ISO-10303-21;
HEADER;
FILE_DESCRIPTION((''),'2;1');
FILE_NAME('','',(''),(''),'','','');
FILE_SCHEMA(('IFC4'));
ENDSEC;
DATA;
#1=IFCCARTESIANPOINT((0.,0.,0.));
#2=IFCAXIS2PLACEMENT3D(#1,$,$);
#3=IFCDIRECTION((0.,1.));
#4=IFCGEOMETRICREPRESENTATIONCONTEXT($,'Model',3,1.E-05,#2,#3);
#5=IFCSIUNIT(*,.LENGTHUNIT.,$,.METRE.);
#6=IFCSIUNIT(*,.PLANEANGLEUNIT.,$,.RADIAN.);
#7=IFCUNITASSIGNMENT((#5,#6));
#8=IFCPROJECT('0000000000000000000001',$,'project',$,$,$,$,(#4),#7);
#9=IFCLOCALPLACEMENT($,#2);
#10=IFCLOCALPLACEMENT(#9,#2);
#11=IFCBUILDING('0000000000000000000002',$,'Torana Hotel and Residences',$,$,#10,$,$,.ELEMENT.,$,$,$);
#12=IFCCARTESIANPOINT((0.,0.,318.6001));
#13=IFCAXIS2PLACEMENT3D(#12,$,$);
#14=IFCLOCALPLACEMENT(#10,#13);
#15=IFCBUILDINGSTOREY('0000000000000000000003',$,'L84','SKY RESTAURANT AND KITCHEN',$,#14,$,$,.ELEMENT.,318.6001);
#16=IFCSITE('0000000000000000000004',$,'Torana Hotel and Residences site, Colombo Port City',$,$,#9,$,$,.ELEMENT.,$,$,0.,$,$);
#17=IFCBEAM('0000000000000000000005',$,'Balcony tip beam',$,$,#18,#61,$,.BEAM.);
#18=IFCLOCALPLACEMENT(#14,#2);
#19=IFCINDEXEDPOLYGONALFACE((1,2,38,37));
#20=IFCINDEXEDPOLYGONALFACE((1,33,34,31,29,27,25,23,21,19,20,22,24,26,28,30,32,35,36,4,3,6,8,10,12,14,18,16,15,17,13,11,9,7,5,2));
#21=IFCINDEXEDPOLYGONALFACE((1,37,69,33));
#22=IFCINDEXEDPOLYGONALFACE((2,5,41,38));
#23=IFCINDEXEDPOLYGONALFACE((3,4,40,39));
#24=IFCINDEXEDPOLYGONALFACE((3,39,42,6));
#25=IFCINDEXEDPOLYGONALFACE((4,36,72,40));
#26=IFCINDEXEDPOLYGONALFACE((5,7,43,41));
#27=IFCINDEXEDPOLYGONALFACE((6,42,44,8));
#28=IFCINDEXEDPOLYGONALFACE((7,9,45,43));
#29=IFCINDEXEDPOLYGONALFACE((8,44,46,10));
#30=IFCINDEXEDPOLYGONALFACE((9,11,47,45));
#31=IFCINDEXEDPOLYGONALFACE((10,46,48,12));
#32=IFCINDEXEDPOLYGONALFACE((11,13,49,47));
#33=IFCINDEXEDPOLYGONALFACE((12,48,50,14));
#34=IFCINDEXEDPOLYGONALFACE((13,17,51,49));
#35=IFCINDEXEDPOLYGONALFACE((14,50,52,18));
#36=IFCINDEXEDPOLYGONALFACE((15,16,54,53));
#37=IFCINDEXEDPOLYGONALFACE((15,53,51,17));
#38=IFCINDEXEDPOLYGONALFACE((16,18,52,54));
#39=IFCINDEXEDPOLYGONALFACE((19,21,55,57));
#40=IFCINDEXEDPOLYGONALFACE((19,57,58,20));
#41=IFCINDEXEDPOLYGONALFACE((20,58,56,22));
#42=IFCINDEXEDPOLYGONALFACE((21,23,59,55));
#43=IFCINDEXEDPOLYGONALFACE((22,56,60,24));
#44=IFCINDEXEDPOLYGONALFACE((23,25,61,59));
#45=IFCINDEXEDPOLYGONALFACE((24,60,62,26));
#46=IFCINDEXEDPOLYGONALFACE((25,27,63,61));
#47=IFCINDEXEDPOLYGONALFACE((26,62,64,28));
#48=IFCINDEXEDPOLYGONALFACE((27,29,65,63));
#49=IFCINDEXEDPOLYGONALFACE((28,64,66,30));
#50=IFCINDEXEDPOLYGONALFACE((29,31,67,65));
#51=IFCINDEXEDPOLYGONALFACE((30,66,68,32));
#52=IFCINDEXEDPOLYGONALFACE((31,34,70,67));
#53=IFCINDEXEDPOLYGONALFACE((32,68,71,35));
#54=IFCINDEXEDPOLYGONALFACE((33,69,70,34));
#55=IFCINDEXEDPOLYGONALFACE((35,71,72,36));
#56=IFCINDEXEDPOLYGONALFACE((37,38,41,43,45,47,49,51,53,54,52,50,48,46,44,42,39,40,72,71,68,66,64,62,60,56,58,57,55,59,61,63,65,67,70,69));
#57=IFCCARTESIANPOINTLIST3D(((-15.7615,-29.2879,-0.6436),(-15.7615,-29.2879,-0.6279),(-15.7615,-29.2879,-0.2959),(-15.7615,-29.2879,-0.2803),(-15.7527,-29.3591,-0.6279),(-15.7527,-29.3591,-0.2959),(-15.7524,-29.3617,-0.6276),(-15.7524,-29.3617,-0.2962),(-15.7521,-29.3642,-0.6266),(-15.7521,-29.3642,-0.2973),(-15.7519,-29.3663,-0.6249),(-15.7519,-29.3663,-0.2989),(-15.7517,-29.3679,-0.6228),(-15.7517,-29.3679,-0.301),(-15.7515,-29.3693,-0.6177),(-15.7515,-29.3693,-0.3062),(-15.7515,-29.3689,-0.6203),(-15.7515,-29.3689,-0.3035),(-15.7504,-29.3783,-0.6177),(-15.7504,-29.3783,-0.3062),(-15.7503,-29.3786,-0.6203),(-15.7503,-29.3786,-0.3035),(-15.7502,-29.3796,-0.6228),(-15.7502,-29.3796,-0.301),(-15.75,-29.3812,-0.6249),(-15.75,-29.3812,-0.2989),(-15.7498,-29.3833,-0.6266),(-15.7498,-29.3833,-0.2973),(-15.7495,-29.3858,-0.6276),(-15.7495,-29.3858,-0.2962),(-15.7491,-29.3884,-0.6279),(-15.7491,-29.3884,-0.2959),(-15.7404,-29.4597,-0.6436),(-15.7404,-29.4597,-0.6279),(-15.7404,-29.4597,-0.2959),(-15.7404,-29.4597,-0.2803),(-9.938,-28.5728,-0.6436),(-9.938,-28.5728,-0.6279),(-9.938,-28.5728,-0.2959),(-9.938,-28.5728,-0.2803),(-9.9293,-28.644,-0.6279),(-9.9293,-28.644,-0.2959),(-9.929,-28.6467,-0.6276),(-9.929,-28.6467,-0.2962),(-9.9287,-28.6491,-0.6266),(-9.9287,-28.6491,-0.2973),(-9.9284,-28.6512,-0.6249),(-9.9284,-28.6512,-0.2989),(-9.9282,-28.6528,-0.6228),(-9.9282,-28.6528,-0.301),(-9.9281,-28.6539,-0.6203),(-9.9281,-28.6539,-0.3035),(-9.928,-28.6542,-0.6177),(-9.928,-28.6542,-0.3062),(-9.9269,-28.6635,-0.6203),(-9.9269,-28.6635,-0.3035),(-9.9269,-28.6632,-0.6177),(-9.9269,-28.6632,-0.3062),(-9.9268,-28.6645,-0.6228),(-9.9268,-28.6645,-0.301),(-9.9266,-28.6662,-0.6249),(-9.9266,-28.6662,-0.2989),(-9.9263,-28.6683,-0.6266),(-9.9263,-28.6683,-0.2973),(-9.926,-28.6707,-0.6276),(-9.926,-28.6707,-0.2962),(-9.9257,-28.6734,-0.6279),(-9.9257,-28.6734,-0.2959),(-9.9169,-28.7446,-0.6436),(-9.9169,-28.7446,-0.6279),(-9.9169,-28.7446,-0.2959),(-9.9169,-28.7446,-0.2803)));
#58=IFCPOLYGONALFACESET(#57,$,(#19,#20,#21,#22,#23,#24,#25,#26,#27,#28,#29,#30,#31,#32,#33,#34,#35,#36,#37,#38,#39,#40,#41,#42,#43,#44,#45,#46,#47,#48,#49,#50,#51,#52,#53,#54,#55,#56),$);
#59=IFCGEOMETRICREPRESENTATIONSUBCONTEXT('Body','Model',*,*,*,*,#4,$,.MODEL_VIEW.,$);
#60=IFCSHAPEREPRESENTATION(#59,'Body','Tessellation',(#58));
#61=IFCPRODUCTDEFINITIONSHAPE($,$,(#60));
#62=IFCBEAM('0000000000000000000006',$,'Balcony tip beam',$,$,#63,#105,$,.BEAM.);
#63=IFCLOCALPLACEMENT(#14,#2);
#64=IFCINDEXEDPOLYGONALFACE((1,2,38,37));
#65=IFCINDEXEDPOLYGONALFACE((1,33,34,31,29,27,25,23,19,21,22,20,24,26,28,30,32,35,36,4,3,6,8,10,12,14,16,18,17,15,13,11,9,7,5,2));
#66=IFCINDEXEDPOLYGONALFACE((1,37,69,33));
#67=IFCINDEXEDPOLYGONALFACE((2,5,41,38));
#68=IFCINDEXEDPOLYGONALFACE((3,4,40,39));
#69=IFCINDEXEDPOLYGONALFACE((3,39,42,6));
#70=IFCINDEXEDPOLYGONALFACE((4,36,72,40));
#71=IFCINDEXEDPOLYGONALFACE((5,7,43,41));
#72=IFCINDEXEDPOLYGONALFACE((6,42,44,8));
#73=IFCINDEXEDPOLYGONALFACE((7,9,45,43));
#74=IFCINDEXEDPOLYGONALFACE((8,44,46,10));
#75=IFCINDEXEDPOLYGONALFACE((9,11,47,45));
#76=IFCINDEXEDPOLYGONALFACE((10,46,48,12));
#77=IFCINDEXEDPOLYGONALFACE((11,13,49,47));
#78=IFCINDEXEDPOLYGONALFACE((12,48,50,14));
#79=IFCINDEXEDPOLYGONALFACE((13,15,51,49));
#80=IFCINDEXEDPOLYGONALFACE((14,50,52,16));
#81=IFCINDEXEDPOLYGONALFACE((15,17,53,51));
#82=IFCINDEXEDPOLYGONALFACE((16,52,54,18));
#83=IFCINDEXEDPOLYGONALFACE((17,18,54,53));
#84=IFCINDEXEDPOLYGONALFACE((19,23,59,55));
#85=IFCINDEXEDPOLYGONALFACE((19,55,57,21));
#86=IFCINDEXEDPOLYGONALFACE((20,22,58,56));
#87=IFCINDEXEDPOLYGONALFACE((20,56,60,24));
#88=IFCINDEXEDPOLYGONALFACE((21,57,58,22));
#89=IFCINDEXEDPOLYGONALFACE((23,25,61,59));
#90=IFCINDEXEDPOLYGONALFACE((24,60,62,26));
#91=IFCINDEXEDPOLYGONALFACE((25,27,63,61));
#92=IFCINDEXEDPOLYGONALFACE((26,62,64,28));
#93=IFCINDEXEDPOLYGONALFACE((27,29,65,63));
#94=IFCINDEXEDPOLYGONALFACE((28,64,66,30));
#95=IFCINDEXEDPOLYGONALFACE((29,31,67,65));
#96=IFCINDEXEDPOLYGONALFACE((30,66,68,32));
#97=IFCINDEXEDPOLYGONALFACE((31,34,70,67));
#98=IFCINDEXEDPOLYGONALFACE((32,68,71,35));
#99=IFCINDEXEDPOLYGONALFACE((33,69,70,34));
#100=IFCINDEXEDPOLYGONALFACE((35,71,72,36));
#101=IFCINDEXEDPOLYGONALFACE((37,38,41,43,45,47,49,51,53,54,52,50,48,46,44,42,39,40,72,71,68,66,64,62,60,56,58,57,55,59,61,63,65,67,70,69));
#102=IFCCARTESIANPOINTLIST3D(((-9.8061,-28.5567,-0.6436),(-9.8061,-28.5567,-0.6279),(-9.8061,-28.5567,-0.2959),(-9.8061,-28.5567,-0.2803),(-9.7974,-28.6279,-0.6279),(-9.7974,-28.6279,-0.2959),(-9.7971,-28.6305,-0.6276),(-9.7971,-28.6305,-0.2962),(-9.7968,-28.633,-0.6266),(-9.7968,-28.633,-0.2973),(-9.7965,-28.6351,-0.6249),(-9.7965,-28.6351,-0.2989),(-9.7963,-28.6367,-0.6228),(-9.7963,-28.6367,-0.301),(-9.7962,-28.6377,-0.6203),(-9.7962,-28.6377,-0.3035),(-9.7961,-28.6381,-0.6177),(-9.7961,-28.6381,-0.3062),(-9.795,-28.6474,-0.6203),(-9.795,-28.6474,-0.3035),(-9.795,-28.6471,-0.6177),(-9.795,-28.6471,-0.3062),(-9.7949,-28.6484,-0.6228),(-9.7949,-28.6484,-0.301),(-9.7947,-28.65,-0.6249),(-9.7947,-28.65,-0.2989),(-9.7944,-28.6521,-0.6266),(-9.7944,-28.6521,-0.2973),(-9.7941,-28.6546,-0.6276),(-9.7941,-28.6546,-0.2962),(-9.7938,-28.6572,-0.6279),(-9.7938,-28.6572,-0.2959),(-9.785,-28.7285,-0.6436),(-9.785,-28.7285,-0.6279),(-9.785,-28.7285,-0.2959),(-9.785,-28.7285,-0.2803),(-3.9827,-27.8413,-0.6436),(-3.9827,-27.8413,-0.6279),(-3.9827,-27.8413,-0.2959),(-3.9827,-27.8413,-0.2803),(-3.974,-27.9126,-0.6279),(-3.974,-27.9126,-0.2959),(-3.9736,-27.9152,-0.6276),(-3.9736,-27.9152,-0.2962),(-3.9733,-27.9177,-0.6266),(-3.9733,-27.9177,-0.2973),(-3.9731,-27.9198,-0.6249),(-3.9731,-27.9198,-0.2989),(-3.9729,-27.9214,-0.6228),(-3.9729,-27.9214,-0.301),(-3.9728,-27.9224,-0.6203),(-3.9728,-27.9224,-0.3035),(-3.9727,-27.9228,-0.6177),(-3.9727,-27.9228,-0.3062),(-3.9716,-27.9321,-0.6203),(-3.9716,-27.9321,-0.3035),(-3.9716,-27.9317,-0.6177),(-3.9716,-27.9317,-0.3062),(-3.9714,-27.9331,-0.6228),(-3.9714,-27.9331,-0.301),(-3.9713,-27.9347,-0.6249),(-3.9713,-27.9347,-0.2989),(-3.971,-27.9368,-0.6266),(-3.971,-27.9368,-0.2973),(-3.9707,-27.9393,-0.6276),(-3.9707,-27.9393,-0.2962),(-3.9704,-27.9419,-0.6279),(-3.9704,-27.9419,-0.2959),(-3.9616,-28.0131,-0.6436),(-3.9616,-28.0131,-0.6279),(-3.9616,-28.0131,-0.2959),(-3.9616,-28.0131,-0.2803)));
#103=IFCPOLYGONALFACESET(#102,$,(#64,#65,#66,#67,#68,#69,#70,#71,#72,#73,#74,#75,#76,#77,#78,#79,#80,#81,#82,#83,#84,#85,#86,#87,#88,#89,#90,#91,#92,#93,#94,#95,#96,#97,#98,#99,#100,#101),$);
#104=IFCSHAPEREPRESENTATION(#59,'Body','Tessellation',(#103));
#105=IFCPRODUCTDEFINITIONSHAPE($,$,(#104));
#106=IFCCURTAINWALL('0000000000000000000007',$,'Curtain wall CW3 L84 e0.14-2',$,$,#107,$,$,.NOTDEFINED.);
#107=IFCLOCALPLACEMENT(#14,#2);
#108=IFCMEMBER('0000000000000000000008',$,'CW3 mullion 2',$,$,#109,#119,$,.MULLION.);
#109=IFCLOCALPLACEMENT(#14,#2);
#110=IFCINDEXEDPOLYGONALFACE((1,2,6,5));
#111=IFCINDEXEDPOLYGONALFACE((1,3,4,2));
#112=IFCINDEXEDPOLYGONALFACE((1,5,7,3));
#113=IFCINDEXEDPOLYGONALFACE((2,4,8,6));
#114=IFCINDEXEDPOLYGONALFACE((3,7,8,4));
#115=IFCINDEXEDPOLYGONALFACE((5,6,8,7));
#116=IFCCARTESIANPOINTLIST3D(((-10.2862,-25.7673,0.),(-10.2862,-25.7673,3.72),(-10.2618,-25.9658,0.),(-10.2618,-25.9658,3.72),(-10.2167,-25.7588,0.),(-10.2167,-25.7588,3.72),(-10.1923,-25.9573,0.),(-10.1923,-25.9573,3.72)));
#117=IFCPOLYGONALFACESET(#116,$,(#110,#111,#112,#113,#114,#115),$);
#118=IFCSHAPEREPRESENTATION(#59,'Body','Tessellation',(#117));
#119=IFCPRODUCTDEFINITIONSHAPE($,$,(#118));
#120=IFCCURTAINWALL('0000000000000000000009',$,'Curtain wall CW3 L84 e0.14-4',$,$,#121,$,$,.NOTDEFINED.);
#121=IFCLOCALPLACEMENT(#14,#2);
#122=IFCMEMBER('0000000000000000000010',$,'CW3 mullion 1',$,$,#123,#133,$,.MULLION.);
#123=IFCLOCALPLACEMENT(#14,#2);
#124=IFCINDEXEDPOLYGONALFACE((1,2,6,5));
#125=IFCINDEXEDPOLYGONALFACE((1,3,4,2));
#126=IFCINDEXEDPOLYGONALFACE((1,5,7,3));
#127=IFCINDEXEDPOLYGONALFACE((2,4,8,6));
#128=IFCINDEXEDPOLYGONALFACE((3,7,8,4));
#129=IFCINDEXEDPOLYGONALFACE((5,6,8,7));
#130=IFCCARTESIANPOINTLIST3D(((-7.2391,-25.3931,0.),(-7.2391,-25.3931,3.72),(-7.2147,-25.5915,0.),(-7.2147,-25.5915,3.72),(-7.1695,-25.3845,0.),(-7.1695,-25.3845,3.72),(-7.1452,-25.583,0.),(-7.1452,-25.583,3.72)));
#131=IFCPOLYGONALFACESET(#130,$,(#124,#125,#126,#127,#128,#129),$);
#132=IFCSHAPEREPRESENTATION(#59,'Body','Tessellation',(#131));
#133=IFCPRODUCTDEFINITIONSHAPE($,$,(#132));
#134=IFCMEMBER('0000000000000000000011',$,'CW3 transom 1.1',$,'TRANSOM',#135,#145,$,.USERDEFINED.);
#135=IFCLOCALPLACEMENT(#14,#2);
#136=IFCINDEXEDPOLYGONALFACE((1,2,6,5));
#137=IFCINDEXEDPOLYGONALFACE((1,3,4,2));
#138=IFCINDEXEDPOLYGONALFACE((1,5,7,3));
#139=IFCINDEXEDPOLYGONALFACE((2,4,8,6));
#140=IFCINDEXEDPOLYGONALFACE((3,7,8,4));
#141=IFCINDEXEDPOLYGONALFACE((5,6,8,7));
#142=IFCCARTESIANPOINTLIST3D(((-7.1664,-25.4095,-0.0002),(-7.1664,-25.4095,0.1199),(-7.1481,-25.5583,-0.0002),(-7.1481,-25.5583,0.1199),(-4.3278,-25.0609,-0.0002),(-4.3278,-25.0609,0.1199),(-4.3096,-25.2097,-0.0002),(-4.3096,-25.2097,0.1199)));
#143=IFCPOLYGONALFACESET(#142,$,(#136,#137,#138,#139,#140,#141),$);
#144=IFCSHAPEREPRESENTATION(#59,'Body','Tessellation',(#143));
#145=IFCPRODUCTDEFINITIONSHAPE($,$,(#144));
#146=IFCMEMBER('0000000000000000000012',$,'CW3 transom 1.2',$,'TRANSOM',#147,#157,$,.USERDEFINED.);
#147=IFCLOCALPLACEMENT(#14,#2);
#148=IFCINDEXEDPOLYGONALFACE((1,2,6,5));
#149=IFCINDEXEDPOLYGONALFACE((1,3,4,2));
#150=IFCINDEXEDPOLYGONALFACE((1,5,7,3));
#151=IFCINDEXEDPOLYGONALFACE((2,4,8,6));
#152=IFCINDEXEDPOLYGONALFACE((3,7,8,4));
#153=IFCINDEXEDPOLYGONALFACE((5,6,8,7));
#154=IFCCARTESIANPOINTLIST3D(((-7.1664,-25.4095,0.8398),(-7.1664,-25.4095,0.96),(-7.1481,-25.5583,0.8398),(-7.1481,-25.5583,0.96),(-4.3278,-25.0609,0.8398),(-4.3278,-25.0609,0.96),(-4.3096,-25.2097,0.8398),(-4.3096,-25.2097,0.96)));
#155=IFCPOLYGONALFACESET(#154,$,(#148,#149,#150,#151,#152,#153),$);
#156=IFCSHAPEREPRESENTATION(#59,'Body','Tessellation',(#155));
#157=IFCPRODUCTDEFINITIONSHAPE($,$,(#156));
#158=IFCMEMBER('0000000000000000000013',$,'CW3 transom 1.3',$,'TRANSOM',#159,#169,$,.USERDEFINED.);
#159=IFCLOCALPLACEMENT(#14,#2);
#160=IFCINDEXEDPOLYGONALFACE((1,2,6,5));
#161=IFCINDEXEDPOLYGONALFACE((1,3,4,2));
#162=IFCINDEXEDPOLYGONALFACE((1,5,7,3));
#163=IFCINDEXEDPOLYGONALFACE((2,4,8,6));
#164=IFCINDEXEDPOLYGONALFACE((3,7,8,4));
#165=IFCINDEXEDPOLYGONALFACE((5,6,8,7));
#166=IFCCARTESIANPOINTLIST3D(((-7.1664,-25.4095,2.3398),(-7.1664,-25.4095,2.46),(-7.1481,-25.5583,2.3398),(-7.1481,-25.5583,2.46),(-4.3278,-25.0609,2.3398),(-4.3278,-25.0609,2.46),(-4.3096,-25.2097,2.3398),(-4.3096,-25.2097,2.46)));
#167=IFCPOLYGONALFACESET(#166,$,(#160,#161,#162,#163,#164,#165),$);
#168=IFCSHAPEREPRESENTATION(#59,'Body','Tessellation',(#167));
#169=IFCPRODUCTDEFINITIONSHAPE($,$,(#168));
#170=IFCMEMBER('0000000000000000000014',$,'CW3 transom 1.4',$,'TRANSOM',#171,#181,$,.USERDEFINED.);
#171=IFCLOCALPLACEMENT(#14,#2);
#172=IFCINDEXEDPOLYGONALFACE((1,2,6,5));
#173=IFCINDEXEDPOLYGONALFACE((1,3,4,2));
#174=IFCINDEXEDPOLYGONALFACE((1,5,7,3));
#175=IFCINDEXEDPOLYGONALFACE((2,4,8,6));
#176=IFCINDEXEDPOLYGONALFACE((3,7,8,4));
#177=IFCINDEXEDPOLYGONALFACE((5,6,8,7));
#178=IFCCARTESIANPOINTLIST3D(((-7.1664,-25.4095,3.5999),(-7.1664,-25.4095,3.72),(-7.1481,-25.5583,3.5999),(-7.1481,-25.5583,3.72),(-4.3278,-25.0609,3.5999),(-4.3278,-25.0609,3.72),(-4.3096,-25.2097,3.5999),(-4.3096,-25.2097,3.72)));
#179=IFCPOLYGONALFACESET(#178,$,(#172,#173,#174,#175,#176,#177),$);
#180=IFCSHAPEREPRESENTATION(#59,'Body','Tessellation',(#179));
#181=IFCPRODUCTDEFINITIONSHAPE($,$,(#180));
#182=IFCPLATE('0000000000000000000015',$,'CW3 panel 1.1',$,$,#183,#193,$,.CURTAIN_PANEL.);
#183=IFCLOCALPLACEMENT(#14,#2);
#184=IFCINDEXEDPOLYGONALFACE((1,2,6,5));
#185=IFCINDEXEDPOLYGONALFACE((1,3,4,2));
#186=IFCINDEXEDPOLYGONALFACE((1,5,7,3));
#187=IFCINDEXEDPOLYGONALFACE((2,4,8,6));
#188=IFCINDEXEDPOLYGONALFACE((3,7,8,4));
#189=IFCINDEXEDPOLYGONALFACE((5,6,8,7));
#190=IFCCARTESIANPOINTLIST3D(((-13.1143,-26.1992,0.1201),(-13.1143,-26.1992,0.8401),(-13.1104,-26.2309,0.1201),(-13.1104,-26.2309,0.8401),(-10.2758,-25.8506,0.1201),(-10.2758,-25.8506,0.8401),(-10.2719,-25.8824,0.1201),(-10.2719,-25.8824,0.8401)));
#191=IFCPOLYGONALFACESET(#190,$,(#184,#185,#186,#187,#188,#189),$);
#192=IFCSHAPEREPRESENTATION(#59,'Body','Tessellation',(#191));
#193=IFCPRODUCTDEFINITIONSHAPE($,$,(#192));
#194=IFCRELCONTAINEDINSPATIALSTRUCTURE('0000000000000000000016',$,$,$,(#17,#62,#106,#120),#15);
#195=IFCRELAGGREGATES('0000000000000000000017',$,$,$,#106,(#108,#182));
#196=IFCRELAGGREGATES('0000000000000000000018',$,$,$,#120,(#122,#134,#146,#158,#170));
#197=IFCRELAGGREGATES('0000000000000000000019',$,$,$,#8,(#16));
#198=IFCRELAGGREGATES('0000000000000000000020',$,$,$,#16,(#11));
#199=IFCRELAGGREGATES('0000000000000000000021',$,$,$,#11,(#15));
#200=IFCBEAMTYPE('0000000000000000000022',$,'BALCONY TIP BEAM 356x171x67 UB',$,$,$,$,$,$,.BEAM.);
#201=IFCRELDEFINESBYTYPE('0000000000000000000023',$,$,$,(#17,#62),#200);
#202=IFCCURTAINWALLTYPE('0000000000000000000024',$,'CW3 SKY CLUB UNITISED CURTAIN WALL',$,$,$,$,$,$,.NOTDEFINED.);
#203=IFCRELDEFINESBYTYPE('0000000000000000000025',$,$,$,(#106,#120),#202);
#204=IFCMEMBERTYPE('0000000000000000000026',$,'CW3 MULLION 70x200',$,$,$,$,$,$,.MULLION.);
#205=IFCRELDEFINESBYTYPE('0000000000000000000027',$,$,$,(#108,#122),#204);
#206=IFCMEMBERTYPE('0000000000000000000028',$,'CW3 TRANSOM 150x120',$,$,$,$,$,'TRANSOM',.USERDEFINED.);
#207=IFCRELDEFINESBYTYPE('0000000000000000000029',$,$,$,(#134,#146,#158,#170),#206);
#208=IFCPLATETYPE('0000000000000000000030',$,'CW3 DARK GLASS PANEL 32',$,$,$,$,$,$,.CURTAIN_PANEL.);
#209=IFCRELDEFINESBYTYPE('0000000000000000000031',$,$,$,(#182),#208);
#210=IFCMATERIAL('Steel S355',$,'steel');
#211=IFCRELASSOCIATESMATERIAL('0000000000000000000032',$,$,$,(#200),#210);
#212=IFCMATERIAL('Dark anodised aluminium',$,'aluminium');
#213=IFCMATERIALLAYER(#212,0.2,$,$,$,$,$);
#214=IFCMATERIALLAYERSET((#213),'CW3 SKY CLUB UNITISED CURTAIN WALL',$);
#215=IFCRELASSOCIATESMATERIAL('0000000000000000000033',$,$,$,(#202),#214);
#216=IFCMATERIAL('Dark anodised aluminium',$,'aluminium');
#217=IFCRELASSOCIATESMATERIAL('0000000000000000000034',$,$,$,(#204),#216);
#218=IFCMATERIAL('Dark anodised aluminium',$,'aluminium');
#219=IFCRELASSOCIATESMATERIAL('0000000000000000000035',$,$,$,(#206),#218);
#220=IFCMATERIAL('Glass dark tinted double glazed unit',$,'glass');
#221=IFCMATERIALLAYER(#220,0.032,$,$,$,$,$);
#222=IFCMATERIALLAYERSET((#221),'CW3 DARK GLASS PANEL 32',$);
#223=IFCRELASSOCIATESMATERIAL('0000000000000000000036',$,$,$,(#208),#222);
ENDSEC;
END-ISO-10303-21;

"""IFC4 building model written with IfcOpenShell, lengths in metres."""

from ifc_helpers import new_model, si_unit, direction, frame, origin, origin_2d, place, context, subcontext, project, spatial, rectangle, i_section, extrude, material, layer, layer_set, material_profile, profile_set, type_object, element, aggregate, save


model = new_model("IFC4")

# Units and contexts
model_context = context("Model", 3, precision=1e-05, world=origin(), true_north=direction((0.0, 1.0)))
body_context = subcontext(model_context, "Body", "Model", "MODEL_VIEW")
ifc_project = project(units=[si_unit("LENGTHUNIT", "METRE"), si_unit("PLANEANGLEUNIT", "RADIAN")], contexts=[model_context])

# Site, building, storey
site_placement = place(None, origin())
site = spatial("IfcSite", under=ifc_project, at=site_placement, Name="Torana Hotel and Residences site, Colombo Port City", CompositionType="ELEMENT", RefElevation=0.0)
building_placement = place(site_placement, origin())
building = spatial("IfcBuilding", under=site, at=building_placement, Name="Torana Hotel and Residences", CompositionType="ELEMENT")
storey_placement = place(building_placement, frame((0.0, 0.0, 318.6001)))
storey = spatial("IfcBuildingStorey", under=building, at=storey_placement, Name="L84", Description="SKY RESTAURANT AND KITCHEN", CompositionType="ELEMENT", Elevation=318.6001)

# Beams
ifc_material_1 = material(Name="Steel S355", Category="steel")
ifc_material_profile_1 = material_profile(ifc_material_1, i_section(OverallWidth=0.1731, OverallDepth=0.3633, WebThickness=0.009, FlangeThickness=0.0156, FilletRadius=0.0103, at=origin_2d()), Name="356x171x67 UB")
ifc_profile_set_1 = profile_set([ifc_material_profile_1], Name="Steel S355")
beam_type = type_object("IfcBeamType", Name="BALCONY TIP BEAM 356x171x67 UB", PredefinedType="BEAM", material=ifc_profile_set_1)
for number, where, z_axis, x_axis, name in (
    (1, (-9.9275, -28.6587, -0.4619), (-0.992545, -0.121878, 0.0), (0.121878, -0.992545, 0.0), "Balcony tip beam"),
    (2, (-3.9722, -27.9272, -0.4619), (-0.99254, -0.121919, 0.0), (0.121919, -0.99254, 0.0), "Balcony tip beam"),
):
    element("IfcBeam", number, at=place(storey_placement, frame(where, z_axis=z_axis, x_axis=x_axis)), inside=storey, type_object=beam_type, Name=name, PredefinedType="BEAM", context=body_context, shape_type="SweptSolid", body=[
        extrude(i_section(OverallWidth=0.1731, OverallDepth=0.3633, WebThickness=0.009, FlangeThickness=0.0156, FilletRadius=0.0103, at=origin_2d()), origin(), (0.0, 0.0, 1.0), 5.8672),
    ])

# Curtain wall, member
ifc_material_2 = material(Name="Dark anodised aluminium", Category="aluminium")
ifc_layer_1 = layer(ifc_material_2, 0.2)
ifc_layer_set_1 = layer_set([ifc_layer_1], Name="CW3 SKY CLUB UNITISED CURTAIN WALL")
curtain_wall_type = type_object("IfcCurtainWallType", Name="CW3 SKY CLUB UNITISED CURTAIN WALL", PredefinedType="NOTDEFINED", material=ifc_layer_set_1)
curtain_wall_1_placement = place(storey_placement, origin())
curtain_wall_1 = element("IfcCurtainWall", 3, at=curtain_wall_1_placement, inside=storey, type_object=curtain_wall_type, Name="Curtain wall CW3 L84 e0.14-2", PredefinedType="NOTDEFINED")
ifc_material_3 = material(Name="Dark anodised aluminium", Category="aluminium")
ifc_material_profile_2 = material_profile(ifc_material_3, rectangle(XDim=0.2, YDim=0.0701, at=origin_2d()), Name="CW3 MULLION 70x200")
ifc_profile_set_2 = profile_set([ifc_material_profile_2], Name="Dark anodised aluminium")
member_type_1 = type_object("IfcMemberType", Name="CW3 MULLION 70x200", PredefinedType="MULLION", material=ifc_profile_set_2)
member_1_placement = place(storey_placement, frame((-10.2393, -25.8623, 0.0), z_axis=(0.0, 0.0, 1.0), x_axis=(-0.121868, 0.992546, 0.0)))
member_1 = element("IfcMember", 4, at=member_1_placement, type_object=member_type_1, Name="CW3 mullion 2", PredefinedType="MULLION", context=body_context, shape_type="SweptSolid", body=[
    extrude(rectangle(XDim=0.2, YDim=0.0701, at=origin_2d()), origin(), (0.0, 0.0, 1.0), 3.72),
])

# Curtain wall, members
curtain_wall_2_placement = place(storey_placement, origin())
curtain_wall_2 = element("IfcCurtainWall", 5, at=curtain_wall_2_placement, inside=storey, type_object=curtain_wall_type, Name="Curtain wall CW3 L84 e0.14-4", PredefinedType="NOTDEFINED")
member_2_placement = place(storey_placement, frame((-7.1921, -25.488, 0.0), z_axis=(0.0, 0.0, 1.0), x_axis=(-0.121864, 0.992547, 0.0)))
member_2 = element("IfcMember", 6, at=member_2_placement, type_object=member_type_1, Name="CW3 mullion 1", PredefinedType="MULLION", context=body_context, shape_type="SweptSolid", body=[
    extrude(rectangle(XDim=0.2, YDim=0.0701, at=origin_2d()), origin(), (0.0, 0.0, 1.0), 3.72),
])
ifc_material_4 = material(Name="Dark anodised aluminium", Category="aluminium")
ifc_material_profile_3 = material_profile(ifc_material_4, rectangle(XDim=0.1499, YDim=0.1201, at=origin_2d()), Name="CW3 TRANSOM 150x120")
ifc_profile_set_3 = profile_set([ifc_material_profile_3], Name="Dark anodised aluminium")
member_type_2 = type_object("IfcMemberType", Name="CW3 TRANSOM 150x120", ElementType="TRANSOM", PredefinedType="USERDEFINED", material=ifc_profile_set_3)
member_3_placement = place(storey_placement, frame((-7.1572, -25.4839, 0.0598), z_axis=(0.992542, 0.121902, 0.0), x_axis=(-0.121902, 0.992542, 0.0)))
member_3 = element("IfcMember", 7, at=member_3_placement, type_object=member_type_2, Name="CW3 transom 1.1", ObjectType="TRANSOM", PredefinedType="USERDEFINED", context=body_context, shape_type="SweptSolid", body=[
    extrude(rectangle(XDim=0.1499, YDim=0.1201, at=origin_2d()), origin(), (0.0, 0.0, 1.0), 2.8599),
])
member_4_placement = place(storey_placement, frame((-7.1572, -25.4839, 0.8999), z_axis=(0.992542, 0.121902, 0.0), x_axis=(-0.121902, 0.992542, 0.0)))
member_4 = element("IfcMember", 8, at=member_4_placement, type_object=member_type_2, Name="CW3 transom 1.2", ObjectType="TRANSOM", PredefinedType="USERDEFINED", context=body_context, shape_type="SweptSolid", body=[
    extrude(rectangle(XDim=0.1499, YDim=0.1201, at=origin_2d()), origin(), (0.0, 0.0, 1.0), 2.8599),
])
member_5_placement = place(storey_placement, frame((-7.1572, -25.4839, 2.3999), z_axis=(0.992542, 0.121902, 0.0), x_axis=(-0.121902, 0.992542, 0.0)))
member_5 = element("IfcMember", 9, at=member_5_placement, type_object=member_type_2, Name="CW3 transom 1.3", ObjectType="TRANSOM", PredefinedType="USERDEFINED", context=body_context, shape_type="SweptSolid", body=[
    extrude(rectangle(XDim=0.1499, YDim=0.1201, at=origin_2d()), origin(), (0.0, 0.0, 1.0), 2.8599),
])
member_6_placement = place(storey_placement, frame((-7.1572, -25.4839, 3.6599), z_axis=(0.992542, 0.121902, 0.0), x_axis=(-0.121902, 0.992542, 0.0)))
member_6 = element("IfcMember", 10, at=member_6_placement, type_object=member_type_2, Name="CW3 transom 1.4", ObjectType="TRANSOM", PredefinedType="USERDEFINED", context=body_context, shape_type="SweptSolid", body=[
    extrude(rectangle(XDim=0.1499, YDim=0.1201, at=origin_2d()), origin(), (0.0, 0.0, 1.0), 2.8599),
])

# Plate
ifc_material_5 = material(Name="Glass dark tinted double glazed unit", Category="glass")
ifc_layer_2 = layer(ifc_material_5, 0.032)
ifc_layer_set_2 = layer_set([ifc_layer_2], Name="CW3 DARK GLASS PANEL 32")
plate_type = type_object("IfcPlateType", Name="CW3 DARK GLASS PANEL 32", PredefinedType="CURTAIN_PANEL", material=ifc_layer_set_2)
plate_1_placement = place(storey_placement, frame((-11.6931, -26.0408, 0.1201), z_axis=(0.0, 0.0, 1.0), x_axis=(0.992546, 0.121868, 0.0)))
plate_1 = element("IfcPlate", 11, at=plate_1_placement, type_object=plate_type, Name="CW3 panel 1.1", PredefinedType="CURTAIN_PANEL", context=body_context, shape_type="SweptSolid", body=[
    extrude(rectangle(XDim=2.8599, YDim=0.032, at=origin_2d()), origin(), (0.0, 0.0, 1.0), 0.72),
])
aggregate(curtain_wall_1, [member_1, plate_1])
aggregate(curtain_wall_2, [member_2, member_3, member_4, member_5, member_6])

save(model, "model.ifc")
